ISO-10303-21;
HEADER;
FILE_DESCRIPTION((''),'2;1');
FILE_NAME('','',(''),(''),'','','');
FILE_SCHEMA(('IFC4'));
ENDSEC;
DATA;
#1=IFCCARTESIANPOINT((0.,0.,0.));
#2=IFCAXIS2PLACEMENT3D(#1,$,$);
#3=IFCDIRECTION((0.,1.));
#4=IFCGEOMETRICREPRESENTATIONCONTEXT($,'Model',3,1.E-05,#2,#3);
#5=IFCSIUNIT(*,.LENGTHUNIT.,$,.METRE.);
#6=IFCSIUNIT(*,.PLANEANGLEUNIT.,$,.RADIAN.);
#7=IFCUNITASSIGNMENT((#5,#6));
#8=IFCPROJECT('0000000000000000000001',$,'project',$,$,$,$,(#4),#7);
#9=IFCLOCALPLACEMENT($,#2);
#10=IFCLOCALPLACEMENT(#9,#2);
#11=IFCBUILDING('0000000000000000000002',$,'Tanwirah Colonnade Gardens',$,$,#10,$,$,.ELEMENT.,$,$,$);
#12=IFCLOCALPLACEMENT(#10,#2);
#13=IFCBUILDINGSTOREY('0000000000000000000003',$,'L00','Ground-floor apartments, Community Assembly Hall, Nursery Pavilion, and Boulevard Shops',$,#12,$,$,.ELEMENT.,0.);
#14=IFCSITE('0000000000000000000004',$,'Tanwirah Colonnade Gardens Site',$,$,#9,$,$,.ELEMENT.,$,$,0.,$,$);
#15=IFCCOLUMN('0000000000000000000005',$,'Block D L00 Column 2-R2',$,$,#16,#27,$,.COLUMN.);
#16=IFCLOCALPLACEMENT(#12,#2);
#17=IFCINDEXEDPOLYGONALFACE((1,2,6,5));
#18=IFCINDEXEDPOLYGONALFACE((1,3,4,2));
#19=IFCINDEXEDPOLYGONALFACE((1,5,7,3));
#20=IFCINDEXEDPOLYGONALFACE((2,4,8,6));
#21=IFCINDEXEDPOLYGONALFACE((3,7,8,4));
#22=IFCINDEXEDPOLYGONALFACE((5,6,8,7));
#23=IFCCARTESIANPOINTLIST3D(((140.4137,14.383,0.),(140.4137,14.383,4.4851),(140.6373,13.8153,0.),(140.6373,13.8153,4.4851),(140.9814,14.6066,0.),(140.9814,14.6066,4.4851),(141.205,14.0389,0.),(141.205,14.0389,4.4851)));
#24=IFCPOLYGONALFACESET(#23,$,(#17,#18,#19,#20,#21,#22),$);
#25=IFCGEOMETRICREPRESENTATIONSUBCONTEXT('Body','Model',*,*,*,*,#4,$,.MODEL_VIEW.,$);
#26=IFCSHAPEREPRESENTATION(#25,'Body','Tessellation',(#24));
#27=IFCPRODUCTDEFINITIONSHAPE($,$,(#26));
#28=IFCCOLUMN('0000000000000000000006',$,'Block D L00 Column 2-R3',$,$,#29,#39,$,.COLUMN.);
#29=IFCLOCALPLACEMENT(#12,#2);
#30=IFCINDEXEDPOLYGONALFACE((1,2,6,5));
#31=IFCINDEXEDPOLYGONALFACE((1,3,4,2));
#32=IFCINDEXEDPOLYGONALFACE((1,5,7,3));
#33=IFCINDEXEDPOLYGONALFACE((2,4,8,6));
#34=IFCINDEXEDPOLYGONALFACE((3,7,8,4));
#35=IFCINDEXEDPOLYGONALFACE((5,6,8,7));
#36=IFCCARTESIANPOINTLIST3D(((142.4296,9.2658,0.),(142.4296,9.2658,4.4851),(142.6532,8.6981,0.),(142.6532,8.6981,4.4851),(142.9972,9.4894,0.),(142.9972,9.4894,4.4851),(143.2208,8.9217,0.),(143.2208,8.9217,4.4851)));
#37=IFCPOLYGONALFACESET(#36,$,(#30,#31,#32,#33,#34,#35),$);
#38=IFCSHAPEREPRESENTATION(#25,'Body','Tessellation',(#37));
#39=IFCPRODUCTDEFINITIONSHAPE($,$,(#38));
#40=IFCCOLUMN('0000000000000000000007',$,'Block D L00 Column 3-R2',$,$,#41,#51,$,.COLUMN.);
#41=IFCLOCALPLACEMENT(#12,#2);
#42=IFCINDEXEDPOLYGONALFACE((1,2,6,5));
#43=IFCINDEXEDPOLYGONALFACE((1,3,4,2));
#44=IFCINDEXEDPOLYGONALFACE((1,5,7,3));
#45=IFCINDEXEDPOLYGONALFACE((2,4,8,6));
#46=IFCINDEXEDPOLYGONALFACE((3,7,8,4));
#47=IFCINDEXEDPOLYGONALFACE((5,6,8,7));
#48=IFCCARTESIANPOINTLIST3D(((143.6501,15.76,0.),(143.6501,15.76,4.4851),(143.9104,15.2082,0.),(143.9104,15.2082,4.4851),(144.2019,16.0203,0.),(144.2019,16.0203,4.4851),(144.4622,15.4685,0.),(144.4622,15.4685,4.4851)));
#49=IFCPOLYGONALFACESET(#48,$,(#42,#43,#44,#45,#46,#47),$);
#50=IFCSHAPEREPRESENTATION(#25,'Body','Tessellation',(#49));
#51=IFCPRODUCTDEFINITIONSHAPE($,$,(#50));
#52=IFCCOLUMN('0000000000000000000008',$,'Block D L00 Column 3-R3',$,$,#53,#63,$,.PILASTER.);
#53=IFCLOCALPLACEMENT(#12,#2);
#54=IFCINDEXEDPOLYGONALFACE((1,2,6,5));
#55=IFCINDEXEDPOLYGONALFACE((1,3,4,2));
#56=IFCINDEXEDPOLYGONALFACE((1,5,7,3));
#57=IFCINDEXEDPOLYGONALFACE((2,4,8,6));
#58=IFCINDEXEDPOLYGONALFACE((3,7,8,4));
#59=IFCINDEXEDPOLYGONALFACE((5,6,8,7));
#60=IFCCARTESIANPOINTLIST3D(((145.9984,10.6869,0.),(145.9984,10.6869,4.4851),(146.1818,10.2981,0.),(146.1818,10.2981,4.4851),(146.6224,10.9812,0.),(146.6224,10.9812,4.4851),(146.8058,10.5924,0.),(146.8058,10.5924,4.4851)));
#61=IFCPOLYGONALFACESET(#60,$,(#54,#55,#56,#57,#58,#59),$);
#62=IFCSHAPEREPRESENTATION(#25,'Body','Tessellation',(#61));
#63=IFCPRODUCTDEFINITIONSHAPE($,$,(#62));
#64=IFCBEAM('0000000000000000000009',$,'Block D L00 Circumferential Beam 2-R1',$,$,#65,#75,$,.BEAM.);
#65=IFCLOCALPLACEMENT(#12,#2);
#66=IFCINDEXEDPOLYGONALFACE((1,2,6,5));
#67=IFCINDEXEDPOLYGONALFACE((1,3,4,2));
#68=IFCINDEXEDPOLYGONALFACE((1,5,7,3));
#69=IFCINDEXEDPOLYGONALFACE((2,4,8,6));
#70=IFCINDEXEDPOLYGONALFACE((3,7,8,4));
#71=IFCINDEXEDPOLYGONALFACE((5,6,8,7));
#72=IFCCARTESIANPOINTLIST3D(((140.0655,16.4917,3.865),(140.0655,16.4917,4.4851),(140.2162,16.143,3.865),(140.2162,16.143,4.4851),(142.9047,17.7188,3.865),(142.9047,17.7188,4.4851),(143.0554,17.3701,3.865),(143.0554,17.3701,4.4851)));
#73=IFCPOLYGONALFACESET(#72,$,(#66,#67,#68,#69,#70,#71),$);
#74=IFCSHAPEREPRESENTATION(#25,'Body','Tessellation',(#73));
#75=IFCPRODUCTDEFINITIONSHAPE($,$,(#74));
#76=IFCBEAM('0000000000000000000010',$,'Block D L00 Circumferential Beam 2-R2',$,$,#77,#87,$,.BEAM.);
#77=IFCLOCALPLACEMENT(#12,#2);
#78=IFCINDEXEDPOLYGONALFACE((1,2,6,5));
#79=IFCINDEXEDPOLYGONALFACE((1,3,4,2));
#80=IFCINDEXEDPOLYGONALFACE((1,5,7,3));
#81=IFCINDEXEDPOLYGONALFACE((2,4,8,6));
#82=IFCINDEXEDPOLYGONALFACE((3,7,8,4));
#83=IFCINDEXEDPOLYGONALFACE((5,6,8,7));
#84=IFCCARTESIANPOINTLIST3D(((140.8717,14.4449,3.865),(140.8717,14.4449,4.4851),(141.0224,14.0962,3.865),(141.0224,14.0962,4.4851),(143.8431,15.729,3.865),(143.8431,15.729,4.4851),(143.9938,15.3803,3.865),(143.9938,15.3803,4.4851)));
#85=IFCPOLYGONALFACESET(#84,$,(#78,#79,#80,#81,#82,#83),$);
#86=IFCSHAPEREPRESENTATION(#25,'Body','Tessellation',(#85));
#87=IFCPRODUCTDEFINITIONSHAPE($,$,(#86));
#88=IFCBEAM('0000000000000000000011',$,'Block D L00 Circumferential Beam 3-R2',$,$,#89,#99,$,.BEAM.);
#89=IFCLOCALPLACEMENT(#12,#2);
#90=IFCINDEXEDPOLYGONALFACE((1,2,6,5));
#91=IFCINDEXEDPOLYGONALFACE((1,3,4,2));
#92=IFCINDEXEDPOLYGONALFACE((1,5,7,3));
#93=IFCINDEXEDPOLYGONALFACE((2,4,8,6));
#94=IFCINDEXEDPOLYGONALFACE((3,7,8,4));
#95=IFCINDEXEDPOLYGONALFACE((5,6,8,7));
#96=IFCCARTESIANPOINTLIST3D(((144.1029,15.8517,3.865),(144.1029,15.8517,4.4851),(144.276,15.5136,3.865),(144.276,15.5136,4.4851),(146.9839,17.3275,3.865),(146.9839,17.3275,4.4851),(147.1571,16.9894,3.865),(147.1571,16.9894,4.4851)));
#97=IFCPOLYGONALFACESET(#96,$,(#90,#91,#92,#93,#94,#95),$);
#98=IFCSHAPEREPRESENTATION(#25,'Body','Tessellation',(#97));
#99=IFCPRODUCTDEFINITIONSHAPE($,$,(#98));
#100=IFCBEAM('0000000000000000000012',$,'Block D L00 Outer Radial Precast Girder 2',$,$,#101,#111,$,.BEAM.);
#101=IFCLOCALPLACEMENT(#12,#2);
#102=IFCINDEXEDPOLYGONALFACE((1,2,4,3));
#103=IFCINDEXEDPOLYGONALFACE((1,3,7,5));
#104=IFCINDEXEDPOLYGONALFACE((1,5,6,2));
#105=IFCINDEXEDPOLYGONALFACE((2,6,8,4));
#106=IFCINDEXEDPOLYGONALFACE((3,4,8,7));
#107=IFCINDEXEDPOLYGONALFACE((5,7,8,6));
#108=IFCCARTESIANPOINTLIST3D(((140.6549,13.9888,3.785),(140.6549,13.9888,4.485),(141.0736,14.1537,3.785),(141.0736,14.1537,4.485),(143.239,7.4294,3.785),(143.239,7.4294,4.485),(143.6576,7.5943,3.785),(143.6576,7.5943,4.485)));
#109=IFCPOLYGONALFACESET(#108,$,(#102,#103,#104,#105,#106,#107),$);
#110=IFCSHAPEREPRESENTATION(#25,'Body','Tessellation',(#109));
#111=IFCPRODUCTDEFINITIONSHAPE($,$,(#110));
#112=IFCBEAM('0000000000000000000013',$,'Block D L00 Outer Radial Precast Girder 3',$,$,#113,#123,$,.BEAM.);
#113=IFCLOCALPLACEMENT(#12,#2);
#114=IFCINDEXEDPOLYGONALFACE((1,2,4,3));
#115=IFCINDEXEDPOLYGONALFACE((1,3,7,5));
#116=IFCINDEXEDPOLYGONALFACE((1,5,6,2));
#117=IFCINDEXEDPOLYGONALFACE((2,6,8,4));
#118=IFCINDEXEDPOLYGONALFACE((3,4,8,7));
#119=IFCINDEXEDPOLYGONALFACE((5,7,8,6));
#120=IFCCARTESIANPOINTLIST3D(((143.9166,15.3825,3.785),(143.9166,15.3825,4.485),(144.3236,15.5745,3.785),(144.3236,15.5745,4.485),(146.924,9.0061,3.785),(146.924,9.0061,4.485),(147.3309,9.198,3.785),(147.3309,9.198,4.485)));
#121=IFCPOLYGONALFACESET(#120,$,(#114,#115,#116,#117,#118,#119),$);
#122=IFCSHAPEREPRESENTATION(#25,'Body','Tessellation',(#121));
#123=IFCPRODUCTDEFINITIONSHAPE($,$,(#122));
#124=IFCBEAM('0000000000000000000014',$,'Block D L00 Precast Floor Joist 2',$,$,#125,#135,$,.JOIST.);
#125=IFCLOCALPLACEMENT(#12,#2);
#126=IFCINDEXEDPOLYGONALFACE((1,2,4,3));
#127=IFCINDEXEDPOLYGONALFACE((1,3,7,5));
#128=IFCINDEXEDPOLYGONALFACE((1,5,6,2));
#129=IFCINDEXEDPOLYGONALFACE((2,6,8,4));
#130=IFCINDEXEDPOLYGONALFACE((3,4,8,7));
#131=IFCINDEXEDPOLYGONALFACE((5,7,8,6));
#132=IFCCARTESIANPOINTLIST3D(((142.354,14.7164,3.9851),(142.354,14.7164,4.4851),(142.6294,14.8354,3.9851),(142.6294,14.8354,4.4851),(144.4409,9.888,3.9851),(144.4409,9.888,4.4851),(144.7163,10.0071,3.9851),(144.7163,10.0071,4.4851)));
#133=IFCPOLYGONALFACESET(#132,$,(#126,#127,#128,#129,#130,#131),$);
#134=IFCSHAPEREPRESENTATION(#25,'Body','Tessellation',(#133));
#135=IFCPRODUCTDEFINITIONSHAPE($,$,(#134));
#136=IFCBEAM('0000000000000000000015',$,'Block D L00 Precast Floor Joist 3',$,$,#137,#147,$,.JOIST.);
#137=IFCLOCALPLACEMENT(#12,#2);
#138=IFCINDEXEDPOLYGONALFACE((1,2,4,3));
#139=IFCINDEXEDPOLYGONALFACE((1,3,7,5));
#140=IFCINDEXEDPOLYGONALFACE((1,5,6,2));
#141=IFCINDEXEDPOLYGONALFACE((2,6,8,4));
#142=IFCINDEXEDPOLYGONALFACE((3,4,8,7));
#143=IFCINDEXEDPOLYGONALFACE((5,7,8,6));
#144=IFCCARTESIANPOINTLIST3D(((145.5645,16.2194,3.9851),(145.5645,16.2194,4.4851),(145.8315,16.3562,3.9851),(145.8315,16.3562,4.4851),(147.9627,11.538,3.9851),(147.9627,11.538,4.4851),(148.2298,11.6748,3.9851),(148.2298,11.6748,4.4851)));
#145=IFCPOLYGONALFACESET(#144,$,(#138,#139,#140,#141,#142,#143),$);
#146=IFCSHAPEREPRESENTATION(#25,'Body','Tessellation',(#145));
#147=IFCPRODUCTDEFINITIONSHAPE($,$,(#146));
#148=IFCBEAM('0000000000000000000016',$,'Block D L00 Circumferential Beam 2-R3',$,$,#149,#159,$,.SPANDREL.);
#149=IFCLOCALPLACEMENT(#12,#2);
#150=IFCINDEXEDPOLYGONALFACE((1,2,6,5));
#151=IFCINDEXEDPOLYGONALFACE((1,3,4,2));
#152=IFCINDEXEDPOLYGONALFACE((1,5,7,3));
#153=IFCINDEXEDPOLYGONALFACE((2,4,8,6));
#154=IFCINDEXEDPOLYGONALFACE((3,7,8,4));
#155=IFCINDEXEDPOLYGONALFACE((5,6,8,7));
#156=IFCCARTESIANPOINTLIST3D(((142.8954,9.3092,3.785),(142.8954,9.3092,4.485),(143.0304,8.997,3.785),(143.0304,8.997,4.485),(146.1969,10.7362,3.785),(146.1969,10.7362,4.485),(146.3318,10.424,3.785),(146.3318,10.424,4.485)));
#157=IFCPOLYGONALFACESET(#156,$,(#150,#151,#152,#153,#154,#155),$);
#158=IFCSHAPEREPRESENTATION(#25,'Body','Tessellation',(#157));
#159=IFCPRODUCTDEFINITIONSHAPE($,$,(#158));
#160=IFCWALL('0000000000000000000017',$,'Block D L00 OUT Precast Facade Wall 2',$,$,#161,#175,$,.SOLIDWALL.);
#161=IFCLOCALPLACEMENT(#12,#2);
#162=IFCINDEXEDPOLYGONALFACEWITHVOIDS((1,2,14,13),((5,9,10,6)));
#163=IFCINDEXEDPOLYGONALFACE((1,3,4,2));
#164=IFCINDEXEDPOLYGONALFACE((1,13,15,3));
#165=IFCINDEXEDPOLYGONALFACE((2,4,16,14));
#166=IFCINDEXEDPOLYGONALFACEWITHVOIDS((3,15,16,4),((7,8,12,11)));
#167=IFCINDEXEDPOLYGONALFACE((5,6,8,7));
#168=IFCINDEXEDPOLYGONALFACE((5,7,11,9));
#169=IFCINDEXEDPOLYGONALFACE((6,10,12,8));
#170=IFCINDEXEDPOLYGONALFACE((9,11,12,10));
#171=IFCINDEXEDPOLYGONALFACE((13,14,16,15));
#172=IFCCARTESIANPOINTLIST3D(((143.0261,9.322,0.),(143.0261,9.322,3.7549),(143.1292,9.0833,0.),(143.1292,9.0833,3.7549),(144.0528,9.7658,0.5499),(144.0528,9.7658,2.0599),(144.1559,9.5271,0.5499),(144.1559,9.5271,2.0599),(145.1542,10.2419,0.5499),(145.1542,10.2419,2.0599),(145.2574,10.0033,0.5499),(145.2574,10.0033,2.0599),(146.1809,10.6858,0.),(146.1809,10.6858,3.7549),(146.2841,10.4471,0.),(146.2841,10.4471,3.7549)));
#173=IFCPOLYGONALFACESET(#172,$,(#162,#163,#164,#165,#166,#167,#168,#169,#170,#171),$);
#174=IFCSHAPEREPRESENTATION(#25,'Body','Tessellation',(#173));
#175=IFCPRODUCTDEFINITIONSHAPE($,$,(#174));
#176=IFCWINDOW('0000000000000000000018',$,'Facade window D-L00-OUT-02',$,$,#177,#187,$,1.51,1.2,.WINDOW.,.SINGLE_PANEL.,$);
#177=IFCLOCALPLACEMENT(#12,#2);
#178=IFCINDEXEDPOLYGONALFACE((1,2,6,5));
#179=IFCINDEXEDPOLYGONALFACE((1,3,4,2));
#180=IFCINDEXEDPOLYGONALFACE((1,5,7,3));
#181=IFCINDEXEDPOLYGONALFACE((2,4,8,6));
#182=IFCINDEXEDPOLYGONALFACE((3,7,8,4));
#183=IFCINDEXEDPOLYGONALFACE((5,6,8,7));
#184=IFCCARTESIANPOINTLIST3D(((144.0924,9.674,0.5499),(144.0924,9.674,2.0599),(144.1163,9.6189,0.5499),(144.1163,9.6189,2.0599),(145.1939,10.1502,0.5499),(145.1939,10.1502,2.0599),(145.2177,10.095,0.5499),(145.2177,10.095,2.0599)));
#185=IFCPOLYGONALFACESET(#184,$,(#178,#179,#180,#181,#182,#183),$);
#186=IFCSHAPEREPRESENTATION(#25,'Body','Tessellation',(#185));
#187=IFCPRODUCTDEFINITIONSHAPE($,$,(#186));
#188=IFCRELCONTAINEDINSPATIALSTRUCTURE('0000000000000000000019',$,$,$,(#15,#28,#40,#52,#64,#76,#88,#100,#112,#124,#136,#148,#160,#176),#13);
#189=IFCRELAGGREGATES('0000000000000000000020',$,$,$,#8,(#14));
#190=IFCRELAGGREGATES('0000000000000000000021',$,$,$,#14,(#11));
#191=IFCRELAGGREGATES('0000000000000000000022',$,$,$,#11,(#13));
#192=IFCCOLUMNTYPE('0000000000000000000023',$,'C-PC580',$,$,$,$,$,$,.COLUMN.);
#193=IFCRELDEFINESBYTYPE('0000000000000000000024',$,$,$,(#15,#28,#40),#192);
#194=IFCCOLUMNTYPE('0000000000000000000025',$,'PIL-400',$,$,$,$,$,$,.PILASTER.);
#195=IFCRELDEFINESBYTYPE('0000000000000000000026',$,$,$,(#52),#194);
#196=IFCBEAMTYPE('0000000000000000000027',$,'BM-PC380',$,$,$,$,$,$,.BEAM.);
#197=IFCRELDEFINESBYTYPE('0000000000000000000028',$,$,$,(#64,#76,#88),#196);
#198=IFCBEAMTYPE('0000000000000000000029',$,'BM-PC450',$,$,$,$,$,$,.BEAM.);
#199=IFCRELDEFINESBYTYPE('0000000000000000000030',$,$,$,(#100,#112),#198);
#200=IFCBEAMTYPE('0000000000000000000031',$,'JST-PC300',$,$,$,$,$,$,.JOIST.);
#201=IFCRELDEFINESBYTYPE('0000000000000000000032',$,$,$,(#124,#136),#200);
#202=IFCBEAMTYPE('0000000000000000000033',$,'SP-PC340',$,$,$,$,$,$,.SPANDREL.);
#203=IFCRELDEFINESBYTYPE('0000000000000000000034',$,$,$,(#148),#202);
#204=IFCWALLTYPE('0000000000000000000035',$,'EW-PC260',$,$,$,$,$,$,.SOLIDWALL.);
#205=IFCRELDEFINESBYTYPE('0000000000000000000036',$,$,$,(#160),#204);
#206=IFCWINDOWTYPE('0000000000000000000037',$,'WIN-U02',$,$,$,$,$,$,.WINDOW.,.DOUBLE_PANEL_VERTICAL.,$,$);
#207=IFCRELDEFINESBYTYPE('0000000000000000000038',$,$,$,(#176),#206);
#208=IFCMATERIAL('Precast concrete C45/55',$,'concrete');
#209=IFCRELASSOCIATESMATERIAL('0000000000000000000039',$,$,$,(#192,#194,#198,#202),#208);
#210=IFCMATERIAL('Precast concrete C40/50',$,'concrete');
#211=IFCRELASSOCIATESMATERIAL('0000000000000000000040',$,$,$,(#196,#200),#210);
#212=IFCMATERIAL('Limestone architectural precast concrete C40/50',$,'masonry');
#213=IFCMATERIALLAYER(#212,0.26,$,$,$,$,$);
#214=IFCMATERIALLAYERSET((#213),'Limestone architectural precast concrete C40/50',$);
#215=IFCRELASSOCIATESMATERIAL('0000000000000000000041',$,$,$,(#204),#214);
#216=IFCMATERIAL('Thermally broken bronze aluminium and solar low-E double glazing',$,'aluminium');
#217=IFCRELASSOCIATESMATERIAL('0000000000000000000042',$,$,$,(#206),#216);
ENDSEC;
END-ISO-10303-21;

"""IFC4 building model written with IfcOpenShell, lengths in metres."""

from ifc_helpers import new_model, si_unit, direction, frame, frame_2d, origin, origin_2d, place, context, subcontext, project, spatial, rectangle, extrude, material, layer, layer_set, material_profile, profile_set, type_object, element, fill, save


model = new_model("IFC4")

# Units and contexts
model_context = context("Model", 3, precision=1e-05, world=origin(), true_north=direction((0.0, 1.0)))
body_context = subcontext(model_context, "Body", "Model", "MODEL_VIEW")
ifc_project = project(units=[si_unit("LENGTHUNIT", "METRE"), si_unit("PLANEANGLEUNIT", "RADIAN")], contexts=[model_context])

# Site, building, storey
site_placement = place(None, origin())
site = spatial("IfcSite", under=ifc_project, at=site_placement, Name="Tanwirah Colonnade Gardens Site", CompositionType="ELEMENT", RefElevation=0.0)
building_placement = place(site_placement, origin())
building = spatial("IfcBuilding", under=site, at=building_placement, Name="Tanwirah Colonnade Gardens", CompositionType="ELEMENT")
storey_placement = place(building_placement, origin())
storey = spatial("IfcBuildingStorey", under=building, at=storey_placement, Name="L00", Description="Ground-floor apartments, Community Assembly Hall, Nursery Pavilion, and Boulevard Shops", CompositionType="ELEMENT", Elevation=0.0)

# Columns
ifc_material_1 = material(Name="Precast concrete C45/55", Category="concrete")
ifc_material_profile_1 = material_profile(ifc_material_1, rectangle(XDim=0.6101, YDim=0.6101, at=origin_2d()), Name="PC-COL 610x610")
ifc_profile_set_1 = profile_set([ifc_material_profile_1], Name="Precast concrete C45/55")
column_type_1 = type_object("IfcColumnType", Name="C-PC580", PredefinedType="COLUMN", material=ifc_profile_set_1)
for number, where, z_axis, x_axis, name in (
    (1, (140.8093, 14.2109, 0.0), (0.0, 0.0, 1.0), (0.366501, -0.930418, 0.0), "Block D L00 Column 2-R2"),
    (2, (142.8252, 9.0938, 0.0), (0.0, 0.0, 1.0), (0.366501, -0.930418, 0.0), "Block D L00 Column 2-R3"),
    (3, (144.0562, 15.6143, 0.0), (0.0, 0.0, 1.0), (0.426569, -0.904455, 0.0), "Block D L00 Column 3-R2"),
):
    element("IfcColumn", number, at=place(storey_placement, frame(where, z_axis=z_axis, x_axis=x_axis)), inside=storey, type_object=column_type_1, Name=name, PredefinedType="COLUMN", context=body_context, shape_type="SweptSolid", body=[
        extrude(rectangle(XDim=0.6101, YDim=0.6101, at=origin_2d()), origin(), (0.0, 0.0, 1.0), 4.4851),
    ])
ifc_material_profile_2 = material_profile(ifc_material_1, rectangle(XDim=0.4299, YDim=0.6899, at=origin_2d()), Name="PC-PIL 430x690")
ifc_profile_set_2 = profile_set([ifc_material_profile_2], Name="Precast concrete C45/55")
column_type_2 = type_object("IfcColumnType", Name="PIL-400", PredefinedType="PILASTER", material=ifc_profile_set_2)
column_placement = place(storey_placement, frame((146.4021, 10.6396, 0.0), z_axis=(0.0, 0.0, 1.0), x_axis=(0.426569, -0.904455, 0.0)))
element("IfcColumn", 4, at=column_placement, inside=storey, type_object=column_type_2, Name="Block D L00 Column 3-R3", PredefinedType="PILASTER", context=body_context, shape_type="SweptSolid", body=[
    extrude(rectangle(XDim=0.4299, YDim=0.6899, at=origin_2d()), origin(), (0.0, 0.0, 1.0), 4.4851),
])

# Beams
ifc_material_2 = material(Name="Precast concrete C40/50", Category="concrete")
ifc_material_profile_3 = material_profile(ifc_material_2, rectangle(XDim=0.3799, YDim=0.6201, at=origin_2d()), Name="PC-BM 380x620")
ifc_profile_set_3 = profile_set([ifc_material_profile_3], Name="Precast concrete C40/50")
beam_type_1 = type_object("IfcBeamType", Name="BM-PC380", PredefinedType="BEAM", material=ifc_profile_set_3)
beam_1_placement = place(storey_placement, frame((140.1409, 16.3174, 4.175), z_axis=(0.917936, 0.396728, 0.0), x_axis=(-0.396728, 0.917936, 0.0)))
element("IfcBeam", 5, at=beam_1_placement, inside=storey, type_object=beam_type_1, Name="Block D L00 Circumferential Beam 2-R1", PredefinedType="BEAM", context=body_context, shape_type="SweptSolid", body=[
    extrude(rectangle(XDim=0.3799, YDim=0.6201, at=origin_2d()), origin(), (0.0, 0.0, 1.0), 3.093),
])
for number, where, z_axis, x_axis, name in (
    (6, (140.947, 14.2705, 4.175), (0.917943, 0.396712, 0.0), (-0.396712, 0.917943, 0.0), "Block D L00 Circumferential Beam 2-R2"),
    (7, (144.1895, 15.6826, 4.175), (0.890025, 0.455911, 0.0), (-0.455911, 0.890025, 0.0), "Block D L00 Circumferential Beam 3-R2"),
):
    element("IfcBeam", number, at=place(storey_placement, frame(where, z_axis=z_axis, x_axis=x_axis)), inside=storey, type_object=beam_type_1, Name=name, PredefinedType="BEAM", context=body_context, shape_type="SweptSolid", body=[
        extrude(rectangle(XDim=0.3799, YDim=0.6201, at=origin_2d()), origin(), (0.0, 0.0, 1.0), 3.2371),
    ])
ifc_material_profile_4 = material_profile(ifc_material_1, rectangle(XDim=0.45, YDim=0.7, at=origin_2d()), Name="PC-BM 450x700")
ifc_profile_set_4 = profile_set([ifc_material_profile_4], Name="Precast concrete C45/55")
beam_type_2 = type_object("IfcBeamType", Name="BM-PC450", PredefinedType="BEAM", material=ifc_profile_set_4)
for number, where, z_axis, x_axis, name in (
    (8, (140.8643, 14.0713, 4.135), (0.366525, -0.930408, 0.0), (0.930408, 0.366525, 0.0), "Block D L00 Outer Radial Precast Girder 2"),
    (9, (144.1201, 15.4785, 4.135), (0.426567, -0.904456, 0.0), (0.904456, 0.426567, 0.0), "Block D L00 Outer Radial Precast Girder 3"),
):
    element("IfcBeam", number, at=place(storey_placement, frame(where, z_axis=z_axis, x_axis=x_axis)), inside=storey, type_object=beam_type_2, Name=name, PredefinedType="BEAM", context=body_context, shape_type="SweptSolid", body=[
        extrude(rectangle(XDim=0.45, YDim=0.7, at=origin_2d()), origin(), (0.0, 0.0, 1.0), 7.05),
    ])
ifc_material_profile_5 = material_profile(ifc_material_2, rectangle(XDim=0.3, YDim=0.5, at=origin_2d()), Name="PC-JST 300x500")
ifc_profile_set_5 = profile_set([ifc_material_profile_5], Name="Precast concrete C40/50")
beam_type_3 = type_object("IfcBeamType", Name="JST-PC300", PredefinedType="JOIST", material=ifc_profile_set_5)
for number, where, z_axis, x_axis, name in (
    (10, (142.4917, 14.7759, 4.2351), (0.396746, -0.917928, 0.0), (0.917928, 0.396746, 0.0), "Block D L00 Precast Floor Joist 2"),
    (11, (145.698, 16.2878, 4.2351), (0.455937, -0.890012, 0.0), (0.890012, 0.455937, 0.0), "Block D L00 Precast Floor Joist 3"),
):
    element("IfcBeam", number, at=place(storey_placement, frame(where, z_axis=z_axis, x_axis=x_axis)), inside=storey, type_object=beam_type_3, Name=name, PredefinedType="JOIST", context=body_context, shape_type="SweptSolid", body=[
        extrude(rectangle(XDim=0.3, YDim=0.5, at=origin_2d()), origin(), (0.0, 0.0, 1.0), 5.26),
    ])
ifc_material_profile_6 = material_profile(ifc_material_1, rectangle(XDim=0.3401, YDim=0.7, at=origin_2d()), Name="PC-SP 340x700")
ifc_profile_set_6 = profile_set([ifc_material_profile_6], Name="Precast concrete C45/55")
beam_type_4 = type_object("IfcBeamType", Name="SP-PC340", PredefinedType="SPANDREL", material=ifc_profile_set_6)
beam_2_placement = place(storey_placement, frame((142.9629, 9.1531, 4.135), z_axis=(0.917926, 0.396752, 0.0), x_axis=(-0.396752, 0.917926, 0.0)))
element("IfcBeam", 12, at=beam_2_placement, inside=storey, type_object=beam_type_4, Name="Block D L00 Circumferential Beam 2-R3", PredefinedType="SPANDREL", context=body_context, shape_type="SweptSolid", body=[
    extrude(rectangle(XDim=0.3401, YDim=0.7, at=origin_2d()), origin(), (0.0, 0.0, 1.0), 3.5967),
])

# Wall, opening, window
ifc_material_3 = material(Name="Limestone architectural precast concrete C40/50", Category="masonry")
ifc_layer_1 = layer(ifc_material_3, 0.26)
ifc_layer_set_1 = layer_set([ifc_layer_1], Name="Limestone architectural precast concrete C40/50")
wall_type_1 = type_object("IfcWallType", Name="EW-PC260", PredefinedType="SOLIDWALL", material=ifc_layer_set_1)
wall_1_placement = place(storey_placement, frame((143.0776, 9.2026, 0.0), z_axis=(0.0, 0.0, 1.0), x_axis=(0.917906, 0.396798, 0.0)))
wall_1 = element("IfcWall", 13, at=wall_1_placement, inside=storey, type_object=wall_type_1, Name="Block D L00 OUT Precast Facade Wall 2", PredefinedType="SOLIDWALL", context=body_context, shape_type="SweptSolid", body=[
    extrude(rectangle(XDim=3.437, YDim=0.26, at=frame_2d((1.7185, 0.0))), origin(), (0.0, 0.0, 1.0), 3.7549),
])
opening_1_placement = place(wall_1_placement, frame((1.1184, 0.0, 0.55)))
opening_1 = element("IfcOpeningElement", 14, at=opening_1_placement, cuts=wall_1, PredefinedType="OPENING", context=body_context, shape_type="SweptSolid", body=[
    extrude(rectangle(XDim=1.2, YDim=1.51, at=frame_2d((0.6001, 0.7549))), frame((0.0, 0.1399, 0.0), z_axis=(0.0, -1.0, 0.0), x_axis=(1.0, 0.0, 0.0)), (0.0, 0.0, 1.0), 0.28),
])
ifc_material_4 = material(Name="Thermally broken bronze aluminium and solar low-E double glazing", Category="aluminium")
window_type = type_object("IfcWindowType", Name="WIN-U02", PartitioningType="DOUBLE_PANEL_VERTICAL", PredefinedType="WINDOW", material=ifc_material_4)
window_placement = place(opening_1_placement, origin())
window = element("IfcWindow", 15, at=window_placement, inside=storey, type_object=window_type, Name="Facade window D-L00-OUT-02", OverallHeight=1.51, OverallWidth=1.2, PartitioningType="SINGLE_PANEL", PredefinedType="WINDOW", context=body_context, shape_type="SweptSolid", body=[
    extrude(rectangle(XDim=1.2, YDim=1.51, at=frame_2d((0.6001, 0.7549))), frame((0.0, 0.03, 0.0), z_axis=(0.0, -1.0, 0.0), x_axis=(1.0, 0.0, 0.0)), (0.0, 0.0, 1.0), 0.0601),
])
fill(opening_1, window)

save(model, "model.ifc")
